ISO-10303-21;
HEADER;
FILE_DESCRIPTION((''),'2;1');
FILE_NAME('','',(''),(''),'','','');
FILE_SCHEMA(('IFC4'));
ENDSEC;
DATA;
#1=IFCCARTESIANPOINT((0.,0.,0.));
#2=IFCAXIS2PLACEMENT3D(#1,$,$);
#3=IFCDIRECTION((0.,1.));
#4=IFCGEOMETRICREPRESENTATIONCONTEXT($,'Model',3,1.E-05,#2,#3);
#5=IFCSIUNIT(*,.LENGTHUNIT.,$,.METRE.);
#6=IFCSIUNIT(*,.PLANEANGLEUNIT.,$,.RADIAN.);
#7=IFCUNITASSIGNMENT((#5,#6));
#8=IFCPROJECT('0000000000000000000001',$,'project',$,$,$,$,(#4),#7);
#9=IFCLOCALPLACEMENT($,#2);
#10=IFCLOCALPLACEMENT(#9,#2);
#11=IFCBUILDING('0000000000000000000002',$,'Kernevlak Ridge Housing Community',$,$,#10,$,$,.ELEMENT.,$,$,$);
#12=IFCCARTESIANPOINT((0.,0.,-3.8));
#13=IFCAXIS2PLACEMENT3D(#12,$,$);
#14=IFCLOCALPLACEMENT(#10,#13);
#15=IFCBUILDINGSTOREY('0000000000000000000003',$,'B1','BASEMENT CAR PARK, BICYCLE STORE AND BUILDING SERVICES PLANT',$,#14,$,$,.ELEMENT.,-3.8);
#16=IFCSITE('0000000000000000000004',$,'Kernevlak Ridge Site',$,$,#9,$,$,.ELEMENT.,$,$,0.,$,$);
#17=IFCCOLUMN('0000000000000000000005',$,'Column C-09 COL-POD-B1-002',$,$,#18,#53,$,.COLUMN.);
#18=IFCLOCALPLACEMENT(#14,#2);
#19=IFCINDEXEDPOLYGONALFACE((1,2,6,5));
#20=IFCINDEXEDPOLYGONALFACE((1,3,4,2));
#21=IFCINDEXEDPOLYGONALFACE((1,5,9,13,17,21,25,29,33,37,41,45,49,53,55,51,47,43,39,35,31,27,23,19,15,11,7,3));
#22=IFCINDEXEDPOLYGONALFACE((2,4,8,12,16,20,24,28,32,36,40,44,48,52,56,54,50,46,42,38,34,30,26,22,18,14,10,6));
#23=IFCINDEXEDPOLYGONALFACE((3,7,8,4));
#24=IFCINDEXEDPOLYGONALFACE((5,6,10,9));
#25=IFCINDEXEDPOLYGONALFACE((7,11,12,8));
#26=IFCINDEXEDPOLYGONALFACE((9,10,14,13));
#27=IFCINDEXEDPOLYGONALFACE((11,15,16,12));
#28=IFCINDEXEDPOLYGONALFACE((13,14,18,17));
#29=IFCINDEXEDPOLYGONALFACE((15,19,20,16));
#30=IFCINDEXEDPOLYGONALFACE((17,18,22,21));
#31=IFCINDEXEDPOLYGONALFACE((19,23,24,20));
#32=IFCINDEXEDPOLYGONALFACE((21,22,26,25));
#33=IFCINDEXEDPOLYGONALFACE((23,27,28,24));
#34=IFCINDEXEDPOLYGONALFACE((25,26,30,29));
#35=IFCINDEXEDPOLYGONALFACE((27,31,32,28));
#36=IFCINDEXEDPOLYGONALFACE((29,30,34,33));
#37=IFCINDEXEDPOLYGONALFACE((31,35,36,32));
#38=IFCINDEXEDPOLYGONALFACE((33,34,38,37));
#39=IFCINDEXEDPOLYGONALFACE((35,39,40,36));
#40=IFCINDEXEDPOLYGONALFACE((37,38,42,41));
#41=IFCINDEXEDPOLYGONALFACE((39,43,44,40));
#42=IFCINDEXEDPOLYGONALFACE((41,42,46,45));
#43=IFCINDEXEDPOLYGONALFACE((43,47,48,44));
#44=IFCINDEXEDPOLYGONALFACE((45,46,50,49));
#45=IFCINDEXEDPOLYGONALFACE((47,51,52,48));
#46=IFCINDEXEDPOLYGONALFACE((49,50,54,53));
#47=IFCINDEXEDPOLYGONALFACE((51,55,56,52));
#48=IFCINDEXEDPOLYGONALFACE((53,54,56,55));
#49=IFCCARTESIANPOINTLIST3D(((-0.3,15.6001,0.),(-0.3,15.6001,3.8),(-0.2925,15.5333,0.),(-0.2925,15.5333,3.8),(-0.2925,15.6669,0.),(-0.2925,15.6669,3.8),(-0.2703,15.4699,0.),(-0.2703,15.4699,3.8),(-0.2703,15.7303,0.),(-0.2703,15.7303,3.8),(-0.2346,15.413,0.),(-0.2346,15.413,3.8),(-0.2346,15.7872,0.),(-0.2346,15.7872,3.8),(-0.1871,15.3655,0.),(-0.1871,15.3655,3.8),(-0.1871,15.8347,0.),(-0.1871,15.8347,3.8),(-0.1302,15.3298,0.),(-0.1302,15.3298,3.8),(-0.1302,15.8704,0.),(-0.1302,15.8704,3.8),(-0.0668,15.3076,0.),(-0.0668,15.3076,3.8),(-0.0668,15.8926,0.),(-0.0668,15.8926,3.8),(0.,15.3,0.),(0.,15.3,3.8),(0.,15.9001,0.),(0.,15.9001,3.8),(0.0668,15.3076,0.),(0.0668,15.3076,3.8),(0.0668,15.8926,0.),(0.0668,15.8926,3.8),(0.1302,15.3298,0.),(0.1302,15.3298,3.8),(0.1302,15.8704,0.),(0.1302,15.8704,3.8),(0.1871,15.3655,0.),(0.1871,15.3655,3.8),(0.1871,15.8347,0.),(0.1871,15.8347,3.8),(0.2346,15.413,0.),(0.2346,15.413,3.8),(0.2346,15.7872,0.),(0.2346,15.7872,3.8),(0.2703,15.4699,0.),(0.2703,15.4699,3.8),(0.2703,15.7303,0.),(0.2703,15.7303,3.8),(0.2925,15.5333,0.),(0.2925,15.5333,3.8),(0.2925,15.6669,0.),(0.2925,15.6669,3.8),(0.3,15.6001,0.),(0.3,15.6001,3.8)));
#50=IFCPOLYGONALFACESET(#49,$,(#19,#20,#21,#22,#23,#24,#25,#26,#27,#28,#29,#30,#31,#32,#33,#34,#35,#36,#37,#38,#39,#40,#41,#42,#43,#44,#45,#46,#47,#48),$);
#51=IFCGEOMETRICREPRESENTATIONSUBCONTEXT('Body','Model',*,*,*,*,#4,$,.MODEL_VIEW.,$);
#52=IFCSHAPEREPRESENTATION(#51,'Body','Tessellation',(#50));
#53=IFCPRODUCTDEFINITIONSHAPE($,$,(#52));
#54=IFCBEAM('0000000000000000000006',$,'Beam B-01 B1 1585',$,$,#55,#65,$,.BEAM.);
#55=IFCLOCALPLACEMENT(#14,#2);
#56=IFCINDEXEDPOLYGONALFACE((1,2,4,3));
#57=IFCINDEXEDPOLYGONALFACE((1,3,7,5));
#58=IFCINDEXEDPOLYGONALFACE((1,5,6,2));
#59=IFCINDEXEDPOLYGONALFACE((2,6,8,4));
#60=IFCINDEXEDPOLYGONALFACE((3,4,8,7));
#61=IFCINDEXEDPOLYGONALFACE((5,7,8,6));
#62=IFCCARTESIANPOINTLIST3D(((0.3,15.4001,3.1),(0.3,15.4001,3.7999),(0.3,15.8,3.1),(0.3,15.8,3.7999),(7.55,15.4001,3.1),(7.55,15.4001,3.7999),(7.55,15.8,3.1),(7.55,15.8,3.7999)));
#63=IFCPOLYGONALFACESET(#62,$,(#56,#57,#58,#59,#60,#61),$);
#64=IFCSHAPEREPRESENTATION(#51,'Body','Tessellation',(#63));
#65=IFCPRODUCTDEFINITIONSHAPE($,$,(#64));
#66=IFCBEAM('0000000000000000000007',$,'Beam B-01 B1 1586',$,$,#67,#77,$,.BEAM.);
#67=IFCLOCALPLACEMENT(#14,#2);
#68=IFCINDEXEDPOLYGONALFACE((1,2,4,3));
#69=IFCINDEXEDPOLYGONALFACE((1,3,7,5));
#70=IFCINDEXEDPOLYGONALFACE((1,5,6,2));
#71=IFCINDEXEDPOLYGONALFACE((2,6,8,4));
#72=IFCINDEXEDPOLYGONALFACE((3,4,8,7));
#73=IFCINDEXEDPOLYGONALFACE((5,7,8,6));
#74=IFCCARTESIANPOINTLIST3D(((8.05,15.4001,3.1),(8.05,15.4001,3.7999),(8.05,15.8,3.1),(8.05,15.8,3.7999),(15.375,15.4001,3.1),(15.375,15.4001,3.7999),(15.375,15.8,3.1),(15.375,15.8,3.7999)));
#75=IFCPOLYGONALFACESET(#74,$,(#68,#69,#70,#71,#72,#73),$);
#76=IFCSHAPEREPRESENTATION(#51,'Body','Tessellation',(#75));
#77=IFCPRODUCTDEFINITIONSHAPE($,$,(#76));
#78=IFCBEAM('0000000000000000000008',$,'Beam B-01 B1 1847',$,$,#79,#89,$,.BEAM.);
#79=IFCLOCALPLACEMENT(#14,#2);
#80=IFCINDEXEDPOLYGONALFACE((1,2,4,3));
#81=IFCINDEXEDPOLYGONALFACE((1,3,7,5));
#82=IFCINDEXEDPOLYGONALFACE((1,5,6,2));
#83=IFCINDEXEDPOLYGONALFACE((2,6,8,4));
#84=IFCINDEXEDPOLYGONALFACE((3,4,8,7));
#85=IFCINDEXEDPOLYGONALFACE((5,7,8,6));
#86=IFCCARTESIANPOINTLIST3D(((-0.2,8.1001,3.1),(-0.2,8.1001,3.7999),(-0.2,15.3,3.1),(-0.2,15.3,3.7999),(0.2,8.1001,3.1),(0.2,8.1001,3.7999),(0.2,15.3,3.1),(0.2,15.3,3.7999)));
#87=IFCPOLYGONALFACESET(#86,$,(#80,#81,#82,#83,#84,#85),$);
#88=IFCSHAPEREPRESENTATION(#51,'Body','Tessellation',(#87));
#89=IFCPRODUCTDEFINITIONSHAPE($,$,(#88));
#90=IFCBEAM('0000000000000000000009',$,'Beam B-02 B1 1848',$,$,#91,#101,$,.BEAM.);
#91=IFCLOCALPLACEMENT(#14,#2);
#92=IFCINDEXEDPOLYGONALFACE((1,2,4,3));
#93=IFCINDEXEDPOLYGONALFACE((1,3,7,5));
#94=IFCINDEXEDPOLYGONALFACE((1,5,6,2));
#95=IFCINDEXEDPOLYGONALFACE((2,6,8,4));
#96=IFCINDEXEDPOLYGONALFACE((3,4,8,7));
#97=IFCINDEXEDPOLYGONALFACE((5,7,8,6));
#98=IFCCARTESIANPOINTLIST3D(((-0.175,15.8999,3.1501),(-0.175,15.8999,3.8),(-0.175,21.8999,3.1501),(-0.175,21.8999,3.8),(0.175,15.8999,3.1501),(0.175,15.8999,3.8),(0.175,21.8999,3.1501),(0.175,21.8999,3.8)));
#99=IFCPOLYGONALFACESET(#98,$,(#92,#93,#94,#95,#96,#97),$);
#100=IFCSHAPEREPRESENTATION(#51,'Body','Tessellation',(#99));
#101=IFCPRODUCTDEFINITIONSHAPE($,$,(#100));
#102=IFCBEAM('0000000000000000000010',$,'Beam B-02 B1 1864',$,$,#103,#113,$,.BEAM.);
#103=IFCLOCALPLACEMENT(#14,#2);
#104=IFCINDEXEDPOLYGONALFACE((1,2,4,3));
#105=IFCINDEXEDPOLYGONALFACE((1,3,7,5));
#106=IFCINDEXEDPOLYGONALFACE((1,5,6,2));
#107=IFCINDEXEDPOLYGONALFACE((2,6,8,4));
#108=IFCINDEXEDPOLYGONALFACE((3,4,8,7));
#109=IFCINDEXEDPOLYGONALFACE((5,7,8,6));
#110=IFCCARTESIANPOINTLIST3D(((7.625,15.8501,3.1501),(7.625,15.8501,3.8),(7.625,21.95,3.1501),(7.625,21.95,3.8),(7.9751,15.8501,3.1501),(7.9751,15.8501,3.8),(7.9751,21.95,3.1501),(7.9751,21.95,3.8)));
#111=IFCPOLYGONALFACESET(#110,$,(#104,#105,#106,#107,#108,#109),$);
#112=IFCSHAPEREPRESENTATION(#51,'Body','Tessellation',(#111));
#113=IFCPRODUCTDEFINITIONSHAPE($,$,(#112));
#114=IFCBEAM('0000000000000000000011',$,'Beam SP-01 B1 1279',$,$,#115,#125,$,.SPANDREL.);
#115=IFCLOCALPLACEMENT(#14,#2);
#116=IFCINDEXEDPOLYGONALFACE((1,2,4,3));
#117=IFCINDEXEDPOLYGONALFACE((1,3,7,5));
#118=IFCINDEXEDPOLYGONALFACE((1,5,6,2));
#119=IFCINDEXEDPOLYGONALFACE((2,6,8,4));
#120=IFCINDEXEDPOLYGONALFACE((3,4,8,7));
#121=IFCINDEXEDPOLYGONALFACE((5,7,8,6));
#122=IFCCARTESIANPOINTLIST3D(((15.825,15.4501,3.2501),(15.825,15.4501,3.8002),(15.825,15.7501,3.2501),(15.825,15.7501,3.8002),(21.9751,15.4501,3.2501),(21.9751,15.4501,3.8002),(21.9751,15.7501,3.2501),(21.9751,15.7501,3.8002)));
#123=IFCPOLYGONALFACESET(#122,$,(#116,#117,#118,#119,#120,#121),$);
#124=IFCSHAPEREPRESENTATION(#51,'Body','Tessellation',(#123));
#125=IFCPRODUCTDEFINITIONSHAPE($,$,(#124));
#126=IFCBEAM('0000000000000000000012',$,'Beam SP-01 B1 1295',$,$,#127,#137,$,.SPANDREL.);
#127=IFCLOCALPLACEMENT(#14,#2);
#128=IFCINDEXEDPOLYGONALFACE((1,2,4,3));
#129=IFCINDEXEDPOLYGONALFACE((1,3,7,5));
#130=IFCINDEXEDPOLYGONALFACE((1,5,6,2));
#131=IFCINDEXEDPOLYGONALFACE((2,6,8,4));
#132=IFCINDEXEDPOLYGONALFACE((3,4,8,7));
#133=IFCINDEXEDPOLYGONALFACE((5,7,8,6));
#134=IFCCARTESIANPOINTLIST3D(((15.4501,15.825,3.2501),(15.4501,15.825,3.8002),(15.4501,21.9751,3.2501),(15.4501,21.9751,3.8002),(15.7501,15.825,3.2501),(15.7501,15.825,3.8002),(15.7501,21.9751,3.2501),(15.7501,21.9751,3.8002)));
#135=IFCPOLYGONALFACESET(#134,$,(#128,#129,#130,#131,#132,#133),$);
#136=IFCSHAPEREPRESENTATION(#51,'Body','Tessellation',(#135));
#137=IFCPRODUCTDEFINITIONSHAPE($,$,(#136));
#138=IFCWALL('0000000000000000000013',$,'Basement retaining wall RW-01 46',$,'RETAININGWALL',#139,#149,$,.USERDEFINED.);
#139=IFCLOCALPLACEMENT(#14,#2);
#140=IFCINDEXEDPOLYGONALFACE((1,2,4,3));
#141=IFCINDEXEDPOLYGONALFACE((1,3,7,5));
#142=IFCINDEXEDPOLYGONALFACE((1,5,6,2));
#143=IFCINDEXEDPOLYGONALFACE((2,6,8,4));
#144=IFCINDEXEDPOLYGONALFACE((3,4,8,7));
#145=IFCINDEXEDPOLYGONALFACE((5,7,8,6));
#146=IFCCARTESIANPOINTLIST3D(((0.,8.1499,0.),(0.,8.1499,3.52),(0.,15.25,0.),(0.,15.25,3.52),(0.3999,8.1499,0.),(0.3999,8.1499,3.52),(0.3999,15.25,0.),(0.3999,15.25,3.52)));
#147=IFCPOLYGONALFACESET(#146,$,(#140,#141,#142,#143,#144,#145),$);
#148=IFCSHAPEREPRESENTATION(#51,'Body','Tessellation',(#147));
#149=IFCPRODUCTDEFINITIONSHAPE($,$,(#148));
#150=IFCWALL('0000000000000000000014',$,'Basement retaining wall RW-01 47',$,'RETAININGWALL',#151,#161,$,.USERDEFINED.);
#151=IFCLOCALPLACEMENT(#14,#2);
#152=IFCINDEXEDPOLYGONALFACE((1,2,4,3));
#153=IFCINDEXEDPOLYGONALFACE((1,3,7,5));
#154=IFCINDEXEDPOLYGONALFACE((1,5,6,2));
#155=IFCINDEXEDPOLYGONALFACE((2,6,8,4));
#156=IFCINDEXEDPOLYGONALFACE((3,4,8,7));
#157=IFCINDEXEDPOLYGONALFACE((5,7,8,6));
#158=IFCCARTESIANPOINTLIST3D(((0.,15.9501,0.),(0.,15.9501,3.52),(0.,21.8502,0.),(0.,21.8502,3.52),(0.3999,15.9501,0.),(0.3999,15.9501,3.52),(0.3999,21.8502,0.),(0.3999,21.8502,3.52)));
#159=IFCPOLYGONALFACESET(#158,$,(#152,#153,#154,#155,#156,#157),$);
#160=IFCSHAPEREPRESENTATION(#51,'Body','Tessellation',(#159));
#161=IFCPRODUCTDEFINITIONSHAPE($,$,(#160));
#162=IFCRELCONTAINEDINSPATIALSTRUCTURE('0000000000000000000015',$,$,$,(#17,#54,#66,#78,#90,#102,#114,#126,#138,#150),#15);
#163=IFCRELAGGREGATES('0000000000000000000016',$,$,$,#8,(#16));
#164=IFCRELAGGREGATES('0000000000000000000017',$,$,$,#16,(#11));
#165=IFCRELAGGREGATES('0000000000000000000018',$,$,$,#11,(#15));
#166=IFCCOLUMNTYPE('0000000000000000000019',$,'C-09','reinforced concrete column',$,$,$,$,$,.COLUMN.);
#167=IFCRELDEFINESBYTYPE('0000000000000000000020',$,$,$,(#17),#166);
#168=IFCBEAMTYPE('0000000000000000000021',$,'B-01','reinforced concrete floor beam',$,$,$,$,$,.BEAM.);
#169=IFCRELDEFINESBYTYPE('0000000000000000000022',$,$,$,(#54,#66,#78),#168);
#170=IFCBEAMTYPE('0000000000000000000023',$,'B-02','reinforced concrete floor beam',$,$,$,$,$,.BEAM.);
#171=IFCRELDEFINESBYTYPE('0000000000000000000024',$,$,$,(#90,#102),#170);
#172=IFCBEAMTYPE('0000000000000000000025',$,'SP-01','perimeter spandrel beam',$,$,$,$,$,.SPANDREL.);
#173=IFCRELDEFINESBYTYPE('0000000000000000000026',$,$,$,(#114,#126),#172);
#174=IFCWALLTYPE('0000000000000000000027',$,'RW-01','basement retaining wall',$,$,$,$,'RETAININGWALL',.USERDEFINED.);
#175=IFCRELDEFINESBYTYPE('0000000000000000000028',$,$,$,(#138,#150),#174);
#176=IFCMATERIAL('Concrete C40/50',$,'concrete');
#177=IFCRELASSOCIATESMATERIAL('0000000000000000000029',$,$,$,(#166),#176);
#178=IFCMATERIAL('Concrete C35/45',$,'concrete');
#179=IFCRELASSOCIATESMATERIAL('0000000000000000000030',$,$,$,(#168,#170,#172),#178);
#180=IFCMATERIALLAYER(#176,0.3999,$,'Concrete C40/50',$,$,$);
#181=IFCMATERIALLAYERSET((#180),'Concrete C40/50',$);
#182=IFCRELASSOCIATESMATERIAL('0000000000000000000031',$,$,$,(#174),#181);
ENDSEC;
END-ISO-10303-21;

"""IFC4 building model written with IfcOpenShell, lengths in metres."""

from ifc_helpers import new_model, si_unit, direction, frame, frame_2d, origin, origin_2d, place, context, subcontext, project, spatial, rectangle, circle, extrude, material, layer, layer_set, material_profile, profile_set, type_object, element, save


model = new_model("IFC4")

# Units and contexts
model_context = context("Model", 3, precision=1e-05, world=origin(), true_north=direction((0.0, 1.0)))
body_context = subcontext(model_context, "Body", "Model", "MODEL_VIEW")
ifc_project = project(units=[si_unit("LENGTHUNIT", "METRE"), si_unit("PLANEANGLEUNIT", "RADIAN")], contexts=[model_context])

# Site, building, storey
site_placement = place(None, origin())
site = spatial("IfcSite", under=ifc_project, at=site_placement, Name="Kernevlak Ridge Site", CompositionType="ELEMENT", RefElevation=0.0)
building_placement = place(site_placement, origin())
building = spatial("IfcBuilding", under=site, at=building_placement, Name="Kernevlak Ridge Housing Community", CompositionType="ELEMENT")
storey_placement = place(building_placement, frame((0.0, 0.0, -3.8)))
storey = spatial("IfcBuildingStorey", under=building, at=storey_placement, Name="B1", Description="BASEMENT CAR PARK, BICYCLE STORE AND BUILDING SERVICES PLANT", CompositionType="ELEMENT", Elevation=-3.8)

# Shared definitions
ifc_material_1 = material(Name="Concrete C35/45", Category="concrete")

# Column
ifc_material_2 = material(Name="Concrete C40/50", Category="concrete")
ifc_material_profile_1 = material_profile(ifc_material_2, circle(Radius=0.3, at=origin_2d()), Name="RC D600")
ifc_profile_set_1 = profile_set([ifc_material_profile_1], Name="Concrete C40/50")
column_type_1 = type_object("IfcColumnType", Name="C-09", Description="reinforced concrete column", PredefinedType="COLUMN", material=ifc_profile_set_1)
column_1_placement = place(storey_placement, frame((0.0, 15.6001, 0.0), z_axis=(0.0, 0.0, 1.0), x_axis=(1.0, 0.0, 0.0)))
element("IfcColumn", 1, at=column_1_placement, inside=storey, type_object=column_type_1, Name="Column C-09 COL-POD-B1-002", PredefinedType="COLUMN", context=body_context, shape_type="SweptSolid", body=[
    extrude(circle(Radius=0.3, at=origin_2d()), origin(), (0.0, 0.0, 1.0), 3.8),
])

# Beams
ifc_material_profile_2 = material_profile(ifc_material_1, rectangle(XDim=0.3999, YDim=0.7, at=origin_2d()), Name="RC 400x700")
ifc_profile_set_2 = profile_set([ifc_material_profile_2], Name="Concrete C35/45")
beam_type_1 = type_object("IfcBeamType", Name="B-01", Description="reinforced concrete floor beam", PredefinedType="BEAM", material=ifc_profile_set_2)
beam_1_placement = place(storey_placement, frame((0.3, 15.6001, 3.45), z_axis=(1.0, 0.0, 0.0), x_axis=(0.0, 1.0, 0.0)))
element("IfcBeam", 2, at=beam_1_placement, inside=storey, type_object=beam_type_1, Name="Beam B-01 B1 1585", PredefinedType="BEAM", context=body_context, shape_type="SweptSolid", body=[
    extrude(rectangle(XDim=0.3999, YDim=0.7, at=origin_2d()), origin(), (0.0, 0.0, 1.0), 7.25),
])
beam_2_placement = place(storey_placement, frame((8.05, 15.6001, 3.45), z_axis=(1.0, 0.0, 0.0), x_axis=(0.0, 1.0, 0.0)))
element("IfcBeam", 3, at=beam_2_placement, inside=storey, type_object=beam_type_1, Name="Beam B-01 B1 1586", PredefinedType="BEAM", context=body_context, shape_type="SweptSolid", body=[
    extrude(rectangle(XDim=0.3999, YDim=0.7, at=origin_2d()), origin(), (0.0, 0.0, 1.0), 7.325),
])
beam_3_placement = place(storey_placement, frame((0.0, 8.1001, 3.45), z_axis=(0.0, 1.0, 0.0), x_axis=(-1.0, 0.0, 0.0)))
element("IfcBeam", 4, at=beam_3_placement, inside=storey, type_object=beam_type_1, Name="Beam B-01 B1 1847", PredefinedType="BEAM", context=body_context, shape_type="SweptSolid", body=[
    extrude(rectangle(XDim=0.3999, YDim=0.7, at=origin_2d()), origin(), (0.0, 0.0, 1.0), 7.2),
])
ifc_material_profile_3 = material_profile(ifc_material_1, rectangle(XDim=0.3501, YDim=0.6499, at=origin_2d()), Name="RC 350x650")
ifc_profile_set_3 = profile_set([ifc_material_profile_3], Name="Concrete C35/45")
beam_type_2 = type_object("IfcBeamType", Name="B-02", Description="reinforced concrete floor beam", PredefinedType="BEAM", material=ifc_profile_set_3)
beam_4_placement = place(storey_placement, frame((0.0, 15.8999, 3.4751), z_axis=(0.0, 1.0, 0.0), x_axis=(-1.0, 0.0, 0.0)))
element("IfcBeam", 5, at=beam_4_placement, inside=storey, type_object=beam_type_2, Name="Beam B-02 B1 1848", PredefinedType="BEAM", context=body_context, shape_type="SweptSolid", body=[
    extrude(rectangle(XDim=0.3501, YDim=0.6499, at=origin_2d()), origin(), (0.0, 0.0, 1.0), 6.0),
])
beam_5_placement = place(storey_placement, frame((7.8, 15.8501, 3.4751), z_axis=(0.0, 1.0, 0.0), x_axis=(-1.0, 0.0, 0.0)))
element("IfcBeam", 6, at=beam_5_placement, inside=storey, type_object=beam_type_2, Name="Beam B-02 B1 1864", PredefinedType="BEAM", context=body_context, shape_type="SweptSolid", body=[
    extrude(rectangle(XDim=0.3501, YDim=0.6499, at=origin_2d()), origin(), (0.0, 0.0, 1.0), 6.0999),
])
ifc_material_profile_4 = material_profile(ifc_material_1, rectangle(XDim=0.3, YDim=0.55, at=origin_2d()), Name="RC 300x550")
ifc_profile_set_4 = profile_set([ifc_material_profile_4], Name="Concrete C35/45")
beam_type_3 = type_object("IfcBeamType", Name="SP-01", Description="perimeter spandrel beam", PredefinedType="SPANDREL", material=ifc_profile_set_4)
for number, where, z_axis, x_axis, name in (
    (7, (15.825, 15.6001, 3.5251), (1.0, 0.0, 0.0), (0.0, 1.0, 0.0), "Beam SP-01 B1 1279"),
    (8, (15.6001, 15.825, 3.5251), (0.0, 1.0, 0.0), (-1.0, 0.0, 0.0), "Beam SP-01 B1 1295"),
):
    element("IfcBeam", number, at=place(storey_placement, frame(where, z_axis=z_axis, x_axis=x_axis)), inside=storey, type_object=beam_type_3, Name=name, PredefinedType="SPANDREL", context=body_context, shape_type="SweptSolid", body=[
        extrude(rectangle(XDim=0.3, YDim=0.55, at=origin_2d()), origin(), (0.0, 0.0, 1.0), 6.1501),
    ])

# Walls
ifc_layer = layer(ifc_material_2, 0.3999, Name="Concrete C40/50")
ifc_layer_set = layer_set([ifc_layer], Name="Concrete C40/50")
wall_type = type_object("IfcWallType", Name="RW-01", Description="basement retaining wall", ElementType="RETAININGWALL", PredefinedType="USERDEFINED", material=ifc_layer_set)
wall_1_placement = place(storey_placement, frame((0.2, 8.1499, 0.0), z_axis=(0.0, 0.0, 1.0), x_axis=(0.0, 1.0, 0.0)))
element("IfcWall", 9, at=wall_1_placement, inside=storey, type_object=wall_type, Name="Basement retaining wall RW-01 46", ObjectType="RETAININGWALL", PredefinedType="USERDEFINED", context=body_context, shape_type="SweptSolid", body=[
    extrude(rectangle(XDim=7.1001, YDim=0.3999, at=frame_2d((3.55, 0.0))), origin(), (0.0, 0.0, 1.0), 3.52),
])
wall_2_placement = place(storey_placement, frame((0.2, 15.95, 0.0), z_axis=(0.0, 0.0, 1.0), x_axis=(0.0, 1.0, 0.0)))
element("IfcWall", 10, at=wall_2_placement, inside=storey, type_object=wall_type, Name="Basement retaining wall RW-01 47", ObjectType="RETAININGWALL", PredefinedType="USERDEFINED", context=body_context, shape_type="SweptSolid", body=[
    extrude(rectangle(XDim=5.9001, YDim=0.3999, at=frame_2d((2.9502, 0.0))), origin(), (0.0, 0.0, 1.0), 3.52),
])

save(model, "model.ifc")
